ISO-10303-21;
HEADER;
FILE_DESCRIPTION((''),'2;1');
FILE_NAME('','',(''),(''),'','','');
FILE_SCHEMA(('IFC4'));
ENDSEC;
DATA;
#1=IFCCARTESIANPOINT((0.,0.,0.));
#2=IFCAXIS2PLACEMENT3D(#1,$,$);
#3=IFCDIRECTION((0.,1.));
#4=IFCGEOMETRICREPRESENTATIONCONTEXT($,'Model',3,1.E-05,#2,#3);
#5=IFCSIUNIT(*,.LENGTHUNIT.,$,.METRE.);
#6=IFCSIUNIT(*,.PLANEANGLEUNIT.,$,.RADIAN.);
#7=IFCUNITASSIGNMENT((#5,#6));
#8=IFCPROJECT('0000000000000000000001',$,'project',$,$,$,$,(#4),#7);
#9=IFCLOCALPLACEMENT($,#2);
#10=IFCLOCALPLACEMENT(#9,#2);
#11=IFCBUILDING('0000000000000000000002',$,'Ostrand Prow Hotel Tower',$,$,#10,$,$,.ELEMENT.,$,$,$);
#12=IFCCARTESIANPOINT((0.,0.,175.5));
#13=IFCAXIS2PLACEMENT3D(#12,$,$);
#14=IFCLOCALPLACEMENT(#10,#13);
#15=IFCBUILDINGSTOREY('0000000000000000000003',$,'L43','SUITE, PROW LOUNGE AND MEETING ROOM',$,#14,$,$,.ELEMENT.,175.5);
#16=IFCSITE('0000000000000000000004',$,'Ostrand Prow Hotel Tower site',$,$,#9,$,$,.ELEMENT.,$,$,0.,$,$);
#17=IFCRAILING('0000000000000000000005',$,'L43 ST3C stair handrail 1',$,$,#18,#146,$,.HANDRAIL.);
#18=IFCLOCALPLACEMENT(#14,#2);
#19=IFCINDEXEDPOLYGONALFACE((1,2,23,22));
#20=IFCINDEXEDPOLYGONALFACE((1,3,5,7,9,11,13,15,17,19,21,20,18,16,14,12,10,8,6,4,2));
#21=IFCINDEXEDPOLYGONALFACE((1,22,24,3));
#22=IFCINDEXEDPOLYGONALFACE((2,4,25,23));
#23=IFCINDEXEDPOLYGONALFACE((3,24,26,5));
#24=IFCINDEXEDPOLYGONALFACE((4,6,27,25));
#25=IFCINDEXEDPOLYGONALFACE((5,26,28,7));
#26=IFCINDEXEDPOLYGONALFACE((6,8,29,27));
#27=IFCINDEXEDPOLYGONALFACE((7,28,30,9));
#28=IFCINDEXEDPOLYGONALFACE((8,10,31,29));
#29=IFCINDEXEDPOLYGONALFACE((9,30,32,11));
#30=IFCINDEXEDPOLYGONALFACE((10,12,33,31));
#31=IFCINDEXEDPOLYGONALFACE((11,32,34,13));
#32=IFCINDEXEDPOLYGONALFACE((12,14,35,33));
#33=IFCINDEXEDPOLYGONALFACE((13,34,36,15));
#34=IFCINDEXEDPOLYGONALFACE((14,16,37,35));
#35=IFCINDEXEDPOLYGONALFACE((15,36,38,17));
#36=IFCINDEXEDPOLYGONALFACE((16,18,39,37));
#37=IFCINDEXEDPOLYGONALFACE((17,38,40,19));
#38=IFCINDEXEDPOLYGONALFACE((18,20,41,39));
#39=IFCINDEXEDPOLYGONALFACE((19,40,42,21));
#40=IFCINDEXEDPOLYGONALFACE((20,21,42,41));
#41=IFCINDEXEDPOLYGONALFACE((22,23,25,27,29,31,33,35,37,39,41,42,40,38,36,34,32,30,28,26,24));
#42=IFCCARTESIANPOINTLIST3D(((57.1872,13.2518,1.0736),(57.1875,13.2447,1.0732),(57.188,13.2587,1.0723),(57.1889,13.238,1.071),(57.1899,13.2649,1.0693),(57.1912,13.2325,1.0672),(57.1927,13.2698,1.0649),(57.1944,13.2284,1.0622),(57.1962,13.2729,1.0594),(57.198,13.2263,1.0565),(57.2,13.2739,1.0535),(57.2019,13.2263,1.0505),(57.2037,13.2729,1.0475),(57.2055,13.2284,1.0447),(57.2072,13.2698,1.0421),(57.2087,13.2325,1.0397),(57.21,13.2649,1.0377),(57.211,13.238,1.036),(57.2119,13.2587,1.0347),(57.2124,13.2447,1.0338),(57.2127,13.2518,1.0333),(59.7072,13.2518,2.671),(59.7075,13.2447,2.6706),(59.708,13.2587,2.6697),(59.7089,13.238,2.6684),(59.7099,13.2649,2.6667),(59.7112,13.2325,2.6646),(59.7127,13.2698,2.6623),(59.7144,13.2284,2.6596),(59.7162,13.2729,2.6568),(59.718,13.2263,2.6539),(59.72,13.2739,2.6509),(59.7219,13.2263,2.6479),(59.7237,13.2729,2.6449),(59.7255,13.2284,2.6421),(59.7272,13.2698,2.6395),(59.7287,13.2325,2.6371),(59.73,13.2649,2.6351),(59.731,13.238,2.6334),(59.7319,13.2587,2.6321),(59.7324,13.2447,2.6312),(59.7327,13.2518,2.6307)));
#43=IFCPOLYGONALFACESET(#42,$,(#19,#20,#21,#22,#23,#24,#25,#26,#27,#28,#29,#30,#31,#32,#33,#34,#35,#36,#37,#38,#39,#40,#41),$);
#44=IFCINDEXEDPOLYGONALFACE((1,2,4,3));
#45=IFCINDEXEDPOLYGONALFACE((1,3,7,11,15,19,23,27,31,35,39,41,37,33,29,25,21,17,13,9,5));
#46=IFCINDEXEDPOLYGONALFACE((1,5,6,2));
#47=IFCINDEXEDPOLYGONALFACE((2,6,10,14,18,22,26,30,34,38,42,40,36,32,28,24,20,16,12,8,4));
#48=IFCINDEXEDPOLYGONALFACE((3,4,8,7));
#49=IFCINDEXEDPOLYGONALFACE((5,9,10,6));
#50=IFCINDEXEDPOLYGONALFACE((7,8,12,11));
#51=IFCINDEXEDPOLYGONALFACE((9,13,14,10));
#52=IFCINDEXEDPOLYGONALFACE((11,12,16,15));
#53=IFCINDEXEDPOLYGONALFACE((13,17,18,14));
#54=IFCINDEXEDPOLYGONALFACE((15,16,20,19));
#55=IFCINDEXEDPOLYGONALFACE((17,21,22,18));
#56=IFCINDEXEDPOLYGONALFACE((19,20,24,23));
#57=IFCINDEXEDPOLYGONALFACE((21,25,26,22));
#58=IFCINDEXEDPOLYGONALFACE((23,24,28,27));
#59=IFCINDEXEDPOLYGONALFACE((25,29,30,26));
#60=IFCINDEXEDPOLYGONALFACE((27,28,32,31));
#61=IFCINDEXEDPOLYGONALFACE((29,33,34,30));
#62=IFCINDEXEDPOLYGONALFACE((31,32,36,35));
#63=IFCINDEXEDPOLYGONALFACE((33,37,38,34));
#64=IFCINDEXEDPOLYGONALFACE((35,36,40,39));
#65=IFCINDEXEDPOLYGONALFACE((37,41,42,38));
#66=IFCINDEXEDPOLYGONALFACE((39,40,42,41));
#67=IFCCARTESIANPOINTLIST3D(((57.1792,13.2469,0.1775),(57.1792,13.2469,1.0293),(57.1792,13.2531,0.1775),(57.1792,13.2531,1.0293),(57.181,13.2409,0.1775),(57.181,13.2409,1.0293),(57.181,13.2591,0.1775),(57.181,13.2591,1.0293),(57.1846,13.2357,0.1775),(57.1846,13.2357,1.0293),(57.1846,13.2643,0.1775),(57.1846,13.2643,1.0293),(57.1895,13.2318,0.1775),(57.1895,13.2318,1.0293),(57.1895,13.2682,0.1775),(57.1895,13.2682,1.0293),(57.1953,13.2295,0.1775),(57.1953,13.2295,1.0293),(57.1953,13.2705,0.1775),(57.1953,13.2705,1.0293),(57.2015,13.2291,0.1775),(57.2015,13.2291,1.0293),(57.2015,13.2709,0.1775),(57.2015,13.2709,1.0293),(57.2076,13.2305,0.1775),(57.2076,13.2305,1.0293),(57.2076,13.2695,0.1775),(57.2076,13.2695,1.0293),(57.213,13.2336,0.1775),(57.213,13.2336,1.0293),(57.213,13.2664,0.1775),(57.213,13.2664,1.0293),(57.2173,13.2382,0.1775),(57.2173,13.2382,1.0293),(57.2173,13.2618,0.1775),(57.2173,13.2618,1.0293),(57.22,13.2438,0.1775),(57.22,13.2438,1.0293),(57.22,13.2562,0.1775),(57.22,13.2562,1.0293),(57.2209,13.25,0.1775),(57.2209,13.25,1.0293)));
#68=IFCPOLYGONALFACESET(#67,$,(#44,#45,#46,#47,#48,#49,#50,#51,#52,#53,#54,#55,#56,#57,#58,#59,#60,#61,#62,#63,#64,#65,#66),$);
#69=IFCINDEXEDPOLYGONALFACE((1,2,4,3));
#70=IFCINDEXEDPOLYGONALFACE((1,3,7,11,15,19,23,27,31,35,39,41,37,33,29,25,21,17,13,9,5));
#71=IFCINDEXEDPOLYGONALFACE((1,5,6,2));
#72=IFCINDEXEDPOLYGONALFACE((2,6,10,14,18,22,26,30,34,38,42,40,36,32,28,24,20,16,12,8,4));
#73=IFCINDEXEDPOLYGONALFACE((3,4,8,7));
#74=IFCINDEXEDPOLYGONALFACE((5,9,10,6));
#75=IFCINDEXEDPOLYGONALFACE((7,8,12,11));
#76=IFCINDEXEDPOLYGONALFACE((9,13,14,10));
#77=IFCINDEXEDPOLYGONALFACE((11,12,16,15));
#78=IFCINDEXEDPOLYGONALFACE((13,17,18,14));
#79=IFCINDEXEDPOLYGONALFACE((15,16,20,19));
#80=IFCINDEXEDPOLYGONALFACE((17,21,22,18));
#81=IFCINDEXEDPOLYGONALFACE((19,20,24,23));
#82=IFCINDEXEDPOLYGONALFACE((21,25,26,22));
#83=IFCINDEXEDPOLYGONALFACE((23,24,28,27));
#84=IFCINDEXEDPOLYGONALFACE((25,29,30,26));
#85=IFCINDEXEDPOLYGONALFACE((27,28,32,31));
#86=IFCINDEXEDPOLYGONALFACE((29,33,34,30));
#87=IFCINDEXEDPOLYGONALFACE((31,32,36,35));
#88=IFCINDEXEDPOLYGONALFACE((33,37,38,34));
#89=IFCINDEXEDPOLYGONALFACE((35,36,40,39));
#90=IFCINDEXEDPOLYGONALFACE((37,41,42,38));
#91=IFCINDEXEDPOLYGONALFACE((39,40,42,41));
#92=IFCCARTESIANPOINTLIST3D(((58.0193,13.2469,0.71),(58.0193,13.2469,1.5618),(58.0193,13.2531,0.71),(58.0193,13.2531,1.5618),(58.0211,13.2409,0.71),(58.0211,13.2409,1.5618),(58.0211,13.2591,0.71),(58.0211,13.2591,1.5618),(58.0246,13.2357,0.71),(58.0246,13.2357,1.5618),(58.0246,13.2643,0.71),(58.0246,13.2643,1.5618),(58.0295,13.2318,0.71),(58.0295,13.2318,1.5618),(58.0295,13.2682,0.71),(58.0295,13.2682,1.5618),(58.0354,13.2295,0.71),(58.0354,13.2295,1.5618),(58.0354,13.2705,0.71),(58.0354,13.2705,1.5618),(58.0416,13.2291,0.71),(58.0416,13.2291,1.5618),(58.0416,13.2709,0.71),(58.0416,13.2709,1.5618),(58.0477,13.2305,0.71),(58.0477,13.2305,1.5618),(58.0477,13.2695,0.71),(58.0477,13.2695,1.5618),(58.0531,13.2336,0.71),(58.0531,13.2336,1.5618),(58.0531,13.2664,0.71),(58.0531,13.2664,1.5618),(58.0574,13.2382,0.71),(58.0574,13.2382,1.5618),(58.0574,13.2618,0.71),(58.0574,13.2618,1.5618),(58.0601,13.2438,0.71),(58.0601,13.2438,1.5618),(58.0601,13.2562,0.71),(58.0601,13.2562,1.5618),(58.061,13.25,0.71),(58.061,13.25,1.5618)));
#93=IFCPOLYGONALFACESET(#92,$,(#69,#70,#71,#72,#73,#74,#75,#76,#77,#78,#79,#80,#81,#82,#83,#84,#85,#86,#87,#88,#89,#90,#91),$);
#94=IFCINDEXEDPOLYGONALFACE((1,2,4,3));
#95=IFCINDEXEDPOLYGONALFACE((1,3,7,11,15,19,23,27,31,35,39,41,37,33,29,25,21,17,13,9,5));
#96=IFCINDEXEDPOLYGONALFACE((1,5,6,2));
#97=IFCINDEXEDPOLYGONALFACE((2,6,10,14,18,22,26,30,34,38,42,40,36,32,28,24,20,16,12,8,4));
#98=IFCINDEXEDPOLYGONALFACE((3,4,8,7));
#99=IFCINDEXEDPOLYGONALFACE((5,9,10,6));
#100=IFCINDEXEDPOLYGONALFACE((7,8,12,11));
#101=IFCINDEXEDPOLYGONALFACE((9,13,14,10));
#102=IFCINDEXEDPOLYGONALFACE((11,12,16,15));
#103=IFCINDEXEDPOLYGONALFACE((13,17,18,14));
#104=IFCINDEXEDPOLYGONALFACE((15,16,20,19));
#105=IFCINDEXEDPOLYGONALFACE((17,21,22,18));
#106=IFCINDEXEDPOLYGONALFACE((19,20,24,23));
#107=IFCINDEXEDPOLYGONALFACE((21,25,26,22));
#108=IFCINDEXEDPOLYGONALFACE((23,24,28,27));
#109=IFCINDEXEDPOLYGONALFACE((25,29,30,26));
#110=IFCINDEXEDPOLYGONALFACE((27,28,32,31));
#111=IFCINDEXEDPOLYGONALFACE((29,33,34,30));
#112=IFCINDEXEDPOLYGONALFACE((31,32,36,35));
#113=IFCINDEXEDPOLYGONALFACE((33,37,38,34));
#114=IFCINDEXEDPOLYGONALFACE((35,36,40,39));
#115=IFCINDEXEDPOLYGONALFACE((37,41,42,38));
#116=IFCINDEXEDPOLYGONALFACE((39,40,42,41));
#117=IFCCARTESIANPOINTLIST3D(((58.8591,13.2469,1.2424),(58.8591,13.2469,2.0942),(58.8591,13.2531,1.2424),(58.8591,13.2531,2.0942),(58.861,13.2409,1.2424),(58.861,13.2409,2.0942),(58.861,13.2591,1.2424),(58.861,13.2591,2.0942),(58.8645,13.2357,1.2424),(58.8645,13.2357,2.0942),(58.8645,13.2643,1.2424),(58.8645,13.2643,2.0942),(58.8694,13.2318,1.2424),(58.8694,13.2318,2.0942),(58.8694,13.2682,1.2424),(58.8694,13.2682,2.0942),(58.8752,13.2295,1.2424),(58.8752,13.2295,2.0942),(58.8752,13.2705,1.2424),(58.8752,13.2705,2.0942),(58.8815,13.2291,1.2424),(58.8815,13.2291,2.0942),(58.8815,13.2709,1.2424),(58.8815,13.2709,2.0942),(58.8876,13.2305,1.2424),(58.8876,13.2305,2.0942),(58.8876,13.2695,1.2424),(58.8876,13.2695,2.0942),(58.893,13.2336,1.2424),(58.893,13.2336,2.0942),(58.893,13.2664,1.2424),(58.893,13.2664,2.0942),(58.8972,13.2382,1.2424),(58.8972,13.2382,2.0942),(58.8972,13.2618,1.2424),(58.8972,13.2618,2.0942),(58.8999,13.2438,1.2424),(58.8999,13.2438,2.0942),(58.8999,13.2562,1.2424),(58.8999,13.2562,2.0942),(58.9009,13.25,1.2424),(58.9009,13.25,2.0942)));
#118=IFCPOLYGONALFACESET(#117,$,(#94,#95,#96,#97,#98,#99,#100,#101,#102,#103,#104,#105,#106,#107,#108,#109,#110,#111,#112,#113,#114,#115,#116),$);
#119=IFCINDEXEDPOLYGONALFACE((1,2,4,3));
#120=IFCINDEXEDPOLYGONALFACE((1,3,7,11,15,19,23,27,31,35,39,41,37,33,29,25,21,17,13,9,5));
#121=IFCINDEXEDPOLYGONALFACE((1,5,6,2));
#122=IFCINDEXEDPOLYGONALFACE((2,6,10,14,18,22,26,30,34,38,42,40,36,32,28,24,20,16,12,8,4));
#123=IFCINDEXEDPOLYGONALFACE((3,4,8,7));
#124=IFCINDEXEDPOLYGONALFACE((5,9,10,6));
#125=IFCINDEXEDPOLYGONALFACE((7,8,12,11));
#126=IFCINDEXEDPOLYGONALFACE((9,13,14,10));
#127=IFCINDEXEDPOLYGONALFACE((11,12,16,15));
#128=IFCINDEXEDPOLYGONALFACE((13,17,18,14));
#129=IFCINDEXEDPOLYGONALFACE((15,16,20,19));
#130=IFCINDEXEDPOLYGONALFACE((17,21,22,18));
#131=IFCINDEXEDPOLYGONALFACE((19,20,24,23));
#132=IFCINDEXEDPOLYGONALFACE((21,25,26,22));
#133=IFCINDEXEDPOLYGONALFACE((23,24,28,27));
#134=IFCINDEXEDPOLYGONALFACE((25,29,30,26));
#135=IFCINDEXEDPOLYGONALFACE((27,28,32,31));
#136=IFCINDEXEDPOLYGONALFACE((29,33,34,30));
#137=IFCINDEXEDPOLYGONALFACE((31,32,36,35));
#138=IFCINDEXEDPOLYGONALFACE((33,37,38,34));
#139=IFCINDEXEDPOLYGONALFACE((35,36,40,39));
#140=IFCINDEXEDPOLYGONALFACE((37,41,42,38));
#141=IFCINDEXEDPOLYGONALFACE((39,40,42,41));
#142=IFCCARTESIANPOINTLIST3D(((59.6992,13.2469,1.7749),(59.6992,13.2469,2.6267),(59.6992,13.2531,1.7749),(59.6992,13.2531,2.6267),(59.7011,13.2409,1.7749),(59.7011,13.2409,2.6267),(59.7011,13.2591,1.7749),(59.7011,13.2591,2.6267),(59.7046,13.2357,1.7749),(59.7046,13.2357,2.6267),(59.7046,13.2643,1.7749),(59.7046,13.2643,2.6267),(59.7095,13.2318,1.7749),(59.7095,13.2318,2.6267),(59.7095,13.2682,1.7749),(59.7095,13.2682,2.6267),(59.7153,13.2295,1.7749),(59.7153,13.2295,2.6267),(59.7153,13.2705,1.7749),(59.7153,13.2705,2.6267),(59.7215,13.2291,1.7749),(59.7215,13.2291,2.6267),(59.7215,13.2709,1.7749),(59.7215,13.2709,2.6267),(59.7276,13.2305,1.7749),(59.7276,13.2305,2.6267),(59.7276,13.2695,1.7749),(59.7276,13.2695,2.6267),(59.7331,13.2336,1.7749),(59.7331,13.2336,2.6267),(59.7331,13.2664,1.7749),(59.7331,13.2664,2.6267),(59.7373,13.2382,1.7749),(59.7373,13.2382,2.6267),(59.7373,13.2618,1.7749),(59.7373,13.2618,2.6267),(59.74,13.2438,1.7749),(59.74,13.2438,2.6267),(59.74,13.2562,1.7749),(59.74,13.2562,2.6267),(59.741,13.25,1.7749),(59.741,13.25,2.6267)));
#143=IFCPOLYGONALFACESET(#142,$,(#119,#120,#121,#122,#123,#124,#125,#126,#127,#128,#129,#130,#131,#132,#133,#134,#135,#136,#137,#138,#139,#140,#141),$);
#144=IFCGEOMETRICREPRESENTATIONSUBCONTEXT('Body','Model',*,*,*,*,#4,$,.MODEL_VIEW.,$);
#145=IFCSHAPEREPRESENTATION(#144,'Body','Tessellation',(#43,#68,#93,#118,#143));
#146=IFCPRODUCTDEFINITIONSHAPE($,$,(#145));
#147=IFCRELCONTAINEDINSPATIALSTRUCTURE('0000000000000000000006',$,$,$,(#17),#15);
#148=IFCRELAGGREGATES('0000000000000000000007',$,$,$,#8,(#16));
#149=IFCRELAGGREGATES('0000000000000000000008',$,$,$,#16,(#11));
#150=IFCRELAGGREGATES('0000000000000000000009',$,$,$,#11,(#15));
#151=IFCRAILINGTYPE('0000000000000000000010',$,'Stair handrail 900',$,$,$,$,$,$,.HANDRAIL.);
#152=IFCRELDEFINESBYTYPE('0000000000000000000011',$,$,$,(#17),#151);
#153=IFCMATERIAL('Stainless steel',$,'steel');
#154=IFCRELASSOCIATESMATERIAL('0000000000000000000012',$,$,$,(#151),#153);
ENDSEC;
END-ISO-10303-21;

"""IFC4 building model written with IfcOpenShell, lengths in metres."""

from ifc_helpers import new_model, si_unit, direction, frame, origin, origin_2d, place, context, subcontext, project, spatial, circle, extrude, material, type_object, element, save


model = new_model("IFC4")

# Units and contexts
model_context = context("Model", 3, precision=1e-05, world=origin(), true_north=direction((0.0, 1.0)))
body_context = subcontext(model_context, "Body", "Model", "MODEL_VIEW")
ifc_project = project(units=[si_unit("LENGTHUNIT", "METRE"), si_unit("PLANEANGLEUNIT", "RADIAN")], contexts=[model_context])

# Site, building, storey
site_placement = place(None, origin())
site = spatial("IfcSite", under=ifc_project, at=site_placement, Name="Ostrand Prow Hotel Tower site", CompositionType="ELEMENT", RefElevation=0.0)
building_placement = place(site_placement, origin())
building = spatial("IfcBuilding", under=site, at=building_placement, Name="Ostrand Prow Hotel Tower", CompositionType="ELEMENT")
storey_placement = place(building_placement, frame((0.0, 0.0, 175.5)))
storey = spatial("IfcBuildingStorey", under=building, at=storey_placement, Name="L43", Description="SUITE, PROW LOUNGE AND MEETING ROOM", CompositionType="ELEMENT", Elevation=175.5)

# Railing
ifc_material_1 = material(Name="Stainless steel", Category="steel")
railing_type_1 = type_object("IfcRailingType", Name="Stair handrail 900", PredefinedType="HANDRAIL", material=ifc_material_1)
railing_1_placement = place(storey_placement, frame((57.2, 13.25, 0.1775)))
element("IfcRailing", 1, at=railing_1_placement, inside=storey, type_object=railing_type_1, Name="L43 ST3C stair handrail 1", PredefinedType="HANDRAIL", context=body_context, shape_type="SweptSolid", body=[
    extrude(circle(Radius=0.0239, at=origin_2d()), frame((0.0, 0.0, 0.876), z_axis=(0.844607, 0.0, 0.535387), x_axis=(0.0, 1.0, 0.0)), (0.0, 0.0, 1.0), 2.9836),
    extrude(circle(Radius=0.021, at=origin_2d()), origin(), (0.0, 0.0, 1.0), 0.8518),
    extrude(circle(Radius=0.021, at=origin_2d()), frame((0.8401, 0.0, 0.5325)), (0.0, 0.0, 1.0), 0.8518),
    extrude(circle(Radius=0.021, at=origin_2d()), frame((1.6799, 0.0, 1.0649)), (0.0, 0.0, 1.0), 0.8518),
    extrude(circle(Radius=0.021, at=origin_2d()), frame((2.52, 0.0, 1.5974)), (0.0, 0.0, 1.0), 0.8518),
])

save(model, "model.ifc")
